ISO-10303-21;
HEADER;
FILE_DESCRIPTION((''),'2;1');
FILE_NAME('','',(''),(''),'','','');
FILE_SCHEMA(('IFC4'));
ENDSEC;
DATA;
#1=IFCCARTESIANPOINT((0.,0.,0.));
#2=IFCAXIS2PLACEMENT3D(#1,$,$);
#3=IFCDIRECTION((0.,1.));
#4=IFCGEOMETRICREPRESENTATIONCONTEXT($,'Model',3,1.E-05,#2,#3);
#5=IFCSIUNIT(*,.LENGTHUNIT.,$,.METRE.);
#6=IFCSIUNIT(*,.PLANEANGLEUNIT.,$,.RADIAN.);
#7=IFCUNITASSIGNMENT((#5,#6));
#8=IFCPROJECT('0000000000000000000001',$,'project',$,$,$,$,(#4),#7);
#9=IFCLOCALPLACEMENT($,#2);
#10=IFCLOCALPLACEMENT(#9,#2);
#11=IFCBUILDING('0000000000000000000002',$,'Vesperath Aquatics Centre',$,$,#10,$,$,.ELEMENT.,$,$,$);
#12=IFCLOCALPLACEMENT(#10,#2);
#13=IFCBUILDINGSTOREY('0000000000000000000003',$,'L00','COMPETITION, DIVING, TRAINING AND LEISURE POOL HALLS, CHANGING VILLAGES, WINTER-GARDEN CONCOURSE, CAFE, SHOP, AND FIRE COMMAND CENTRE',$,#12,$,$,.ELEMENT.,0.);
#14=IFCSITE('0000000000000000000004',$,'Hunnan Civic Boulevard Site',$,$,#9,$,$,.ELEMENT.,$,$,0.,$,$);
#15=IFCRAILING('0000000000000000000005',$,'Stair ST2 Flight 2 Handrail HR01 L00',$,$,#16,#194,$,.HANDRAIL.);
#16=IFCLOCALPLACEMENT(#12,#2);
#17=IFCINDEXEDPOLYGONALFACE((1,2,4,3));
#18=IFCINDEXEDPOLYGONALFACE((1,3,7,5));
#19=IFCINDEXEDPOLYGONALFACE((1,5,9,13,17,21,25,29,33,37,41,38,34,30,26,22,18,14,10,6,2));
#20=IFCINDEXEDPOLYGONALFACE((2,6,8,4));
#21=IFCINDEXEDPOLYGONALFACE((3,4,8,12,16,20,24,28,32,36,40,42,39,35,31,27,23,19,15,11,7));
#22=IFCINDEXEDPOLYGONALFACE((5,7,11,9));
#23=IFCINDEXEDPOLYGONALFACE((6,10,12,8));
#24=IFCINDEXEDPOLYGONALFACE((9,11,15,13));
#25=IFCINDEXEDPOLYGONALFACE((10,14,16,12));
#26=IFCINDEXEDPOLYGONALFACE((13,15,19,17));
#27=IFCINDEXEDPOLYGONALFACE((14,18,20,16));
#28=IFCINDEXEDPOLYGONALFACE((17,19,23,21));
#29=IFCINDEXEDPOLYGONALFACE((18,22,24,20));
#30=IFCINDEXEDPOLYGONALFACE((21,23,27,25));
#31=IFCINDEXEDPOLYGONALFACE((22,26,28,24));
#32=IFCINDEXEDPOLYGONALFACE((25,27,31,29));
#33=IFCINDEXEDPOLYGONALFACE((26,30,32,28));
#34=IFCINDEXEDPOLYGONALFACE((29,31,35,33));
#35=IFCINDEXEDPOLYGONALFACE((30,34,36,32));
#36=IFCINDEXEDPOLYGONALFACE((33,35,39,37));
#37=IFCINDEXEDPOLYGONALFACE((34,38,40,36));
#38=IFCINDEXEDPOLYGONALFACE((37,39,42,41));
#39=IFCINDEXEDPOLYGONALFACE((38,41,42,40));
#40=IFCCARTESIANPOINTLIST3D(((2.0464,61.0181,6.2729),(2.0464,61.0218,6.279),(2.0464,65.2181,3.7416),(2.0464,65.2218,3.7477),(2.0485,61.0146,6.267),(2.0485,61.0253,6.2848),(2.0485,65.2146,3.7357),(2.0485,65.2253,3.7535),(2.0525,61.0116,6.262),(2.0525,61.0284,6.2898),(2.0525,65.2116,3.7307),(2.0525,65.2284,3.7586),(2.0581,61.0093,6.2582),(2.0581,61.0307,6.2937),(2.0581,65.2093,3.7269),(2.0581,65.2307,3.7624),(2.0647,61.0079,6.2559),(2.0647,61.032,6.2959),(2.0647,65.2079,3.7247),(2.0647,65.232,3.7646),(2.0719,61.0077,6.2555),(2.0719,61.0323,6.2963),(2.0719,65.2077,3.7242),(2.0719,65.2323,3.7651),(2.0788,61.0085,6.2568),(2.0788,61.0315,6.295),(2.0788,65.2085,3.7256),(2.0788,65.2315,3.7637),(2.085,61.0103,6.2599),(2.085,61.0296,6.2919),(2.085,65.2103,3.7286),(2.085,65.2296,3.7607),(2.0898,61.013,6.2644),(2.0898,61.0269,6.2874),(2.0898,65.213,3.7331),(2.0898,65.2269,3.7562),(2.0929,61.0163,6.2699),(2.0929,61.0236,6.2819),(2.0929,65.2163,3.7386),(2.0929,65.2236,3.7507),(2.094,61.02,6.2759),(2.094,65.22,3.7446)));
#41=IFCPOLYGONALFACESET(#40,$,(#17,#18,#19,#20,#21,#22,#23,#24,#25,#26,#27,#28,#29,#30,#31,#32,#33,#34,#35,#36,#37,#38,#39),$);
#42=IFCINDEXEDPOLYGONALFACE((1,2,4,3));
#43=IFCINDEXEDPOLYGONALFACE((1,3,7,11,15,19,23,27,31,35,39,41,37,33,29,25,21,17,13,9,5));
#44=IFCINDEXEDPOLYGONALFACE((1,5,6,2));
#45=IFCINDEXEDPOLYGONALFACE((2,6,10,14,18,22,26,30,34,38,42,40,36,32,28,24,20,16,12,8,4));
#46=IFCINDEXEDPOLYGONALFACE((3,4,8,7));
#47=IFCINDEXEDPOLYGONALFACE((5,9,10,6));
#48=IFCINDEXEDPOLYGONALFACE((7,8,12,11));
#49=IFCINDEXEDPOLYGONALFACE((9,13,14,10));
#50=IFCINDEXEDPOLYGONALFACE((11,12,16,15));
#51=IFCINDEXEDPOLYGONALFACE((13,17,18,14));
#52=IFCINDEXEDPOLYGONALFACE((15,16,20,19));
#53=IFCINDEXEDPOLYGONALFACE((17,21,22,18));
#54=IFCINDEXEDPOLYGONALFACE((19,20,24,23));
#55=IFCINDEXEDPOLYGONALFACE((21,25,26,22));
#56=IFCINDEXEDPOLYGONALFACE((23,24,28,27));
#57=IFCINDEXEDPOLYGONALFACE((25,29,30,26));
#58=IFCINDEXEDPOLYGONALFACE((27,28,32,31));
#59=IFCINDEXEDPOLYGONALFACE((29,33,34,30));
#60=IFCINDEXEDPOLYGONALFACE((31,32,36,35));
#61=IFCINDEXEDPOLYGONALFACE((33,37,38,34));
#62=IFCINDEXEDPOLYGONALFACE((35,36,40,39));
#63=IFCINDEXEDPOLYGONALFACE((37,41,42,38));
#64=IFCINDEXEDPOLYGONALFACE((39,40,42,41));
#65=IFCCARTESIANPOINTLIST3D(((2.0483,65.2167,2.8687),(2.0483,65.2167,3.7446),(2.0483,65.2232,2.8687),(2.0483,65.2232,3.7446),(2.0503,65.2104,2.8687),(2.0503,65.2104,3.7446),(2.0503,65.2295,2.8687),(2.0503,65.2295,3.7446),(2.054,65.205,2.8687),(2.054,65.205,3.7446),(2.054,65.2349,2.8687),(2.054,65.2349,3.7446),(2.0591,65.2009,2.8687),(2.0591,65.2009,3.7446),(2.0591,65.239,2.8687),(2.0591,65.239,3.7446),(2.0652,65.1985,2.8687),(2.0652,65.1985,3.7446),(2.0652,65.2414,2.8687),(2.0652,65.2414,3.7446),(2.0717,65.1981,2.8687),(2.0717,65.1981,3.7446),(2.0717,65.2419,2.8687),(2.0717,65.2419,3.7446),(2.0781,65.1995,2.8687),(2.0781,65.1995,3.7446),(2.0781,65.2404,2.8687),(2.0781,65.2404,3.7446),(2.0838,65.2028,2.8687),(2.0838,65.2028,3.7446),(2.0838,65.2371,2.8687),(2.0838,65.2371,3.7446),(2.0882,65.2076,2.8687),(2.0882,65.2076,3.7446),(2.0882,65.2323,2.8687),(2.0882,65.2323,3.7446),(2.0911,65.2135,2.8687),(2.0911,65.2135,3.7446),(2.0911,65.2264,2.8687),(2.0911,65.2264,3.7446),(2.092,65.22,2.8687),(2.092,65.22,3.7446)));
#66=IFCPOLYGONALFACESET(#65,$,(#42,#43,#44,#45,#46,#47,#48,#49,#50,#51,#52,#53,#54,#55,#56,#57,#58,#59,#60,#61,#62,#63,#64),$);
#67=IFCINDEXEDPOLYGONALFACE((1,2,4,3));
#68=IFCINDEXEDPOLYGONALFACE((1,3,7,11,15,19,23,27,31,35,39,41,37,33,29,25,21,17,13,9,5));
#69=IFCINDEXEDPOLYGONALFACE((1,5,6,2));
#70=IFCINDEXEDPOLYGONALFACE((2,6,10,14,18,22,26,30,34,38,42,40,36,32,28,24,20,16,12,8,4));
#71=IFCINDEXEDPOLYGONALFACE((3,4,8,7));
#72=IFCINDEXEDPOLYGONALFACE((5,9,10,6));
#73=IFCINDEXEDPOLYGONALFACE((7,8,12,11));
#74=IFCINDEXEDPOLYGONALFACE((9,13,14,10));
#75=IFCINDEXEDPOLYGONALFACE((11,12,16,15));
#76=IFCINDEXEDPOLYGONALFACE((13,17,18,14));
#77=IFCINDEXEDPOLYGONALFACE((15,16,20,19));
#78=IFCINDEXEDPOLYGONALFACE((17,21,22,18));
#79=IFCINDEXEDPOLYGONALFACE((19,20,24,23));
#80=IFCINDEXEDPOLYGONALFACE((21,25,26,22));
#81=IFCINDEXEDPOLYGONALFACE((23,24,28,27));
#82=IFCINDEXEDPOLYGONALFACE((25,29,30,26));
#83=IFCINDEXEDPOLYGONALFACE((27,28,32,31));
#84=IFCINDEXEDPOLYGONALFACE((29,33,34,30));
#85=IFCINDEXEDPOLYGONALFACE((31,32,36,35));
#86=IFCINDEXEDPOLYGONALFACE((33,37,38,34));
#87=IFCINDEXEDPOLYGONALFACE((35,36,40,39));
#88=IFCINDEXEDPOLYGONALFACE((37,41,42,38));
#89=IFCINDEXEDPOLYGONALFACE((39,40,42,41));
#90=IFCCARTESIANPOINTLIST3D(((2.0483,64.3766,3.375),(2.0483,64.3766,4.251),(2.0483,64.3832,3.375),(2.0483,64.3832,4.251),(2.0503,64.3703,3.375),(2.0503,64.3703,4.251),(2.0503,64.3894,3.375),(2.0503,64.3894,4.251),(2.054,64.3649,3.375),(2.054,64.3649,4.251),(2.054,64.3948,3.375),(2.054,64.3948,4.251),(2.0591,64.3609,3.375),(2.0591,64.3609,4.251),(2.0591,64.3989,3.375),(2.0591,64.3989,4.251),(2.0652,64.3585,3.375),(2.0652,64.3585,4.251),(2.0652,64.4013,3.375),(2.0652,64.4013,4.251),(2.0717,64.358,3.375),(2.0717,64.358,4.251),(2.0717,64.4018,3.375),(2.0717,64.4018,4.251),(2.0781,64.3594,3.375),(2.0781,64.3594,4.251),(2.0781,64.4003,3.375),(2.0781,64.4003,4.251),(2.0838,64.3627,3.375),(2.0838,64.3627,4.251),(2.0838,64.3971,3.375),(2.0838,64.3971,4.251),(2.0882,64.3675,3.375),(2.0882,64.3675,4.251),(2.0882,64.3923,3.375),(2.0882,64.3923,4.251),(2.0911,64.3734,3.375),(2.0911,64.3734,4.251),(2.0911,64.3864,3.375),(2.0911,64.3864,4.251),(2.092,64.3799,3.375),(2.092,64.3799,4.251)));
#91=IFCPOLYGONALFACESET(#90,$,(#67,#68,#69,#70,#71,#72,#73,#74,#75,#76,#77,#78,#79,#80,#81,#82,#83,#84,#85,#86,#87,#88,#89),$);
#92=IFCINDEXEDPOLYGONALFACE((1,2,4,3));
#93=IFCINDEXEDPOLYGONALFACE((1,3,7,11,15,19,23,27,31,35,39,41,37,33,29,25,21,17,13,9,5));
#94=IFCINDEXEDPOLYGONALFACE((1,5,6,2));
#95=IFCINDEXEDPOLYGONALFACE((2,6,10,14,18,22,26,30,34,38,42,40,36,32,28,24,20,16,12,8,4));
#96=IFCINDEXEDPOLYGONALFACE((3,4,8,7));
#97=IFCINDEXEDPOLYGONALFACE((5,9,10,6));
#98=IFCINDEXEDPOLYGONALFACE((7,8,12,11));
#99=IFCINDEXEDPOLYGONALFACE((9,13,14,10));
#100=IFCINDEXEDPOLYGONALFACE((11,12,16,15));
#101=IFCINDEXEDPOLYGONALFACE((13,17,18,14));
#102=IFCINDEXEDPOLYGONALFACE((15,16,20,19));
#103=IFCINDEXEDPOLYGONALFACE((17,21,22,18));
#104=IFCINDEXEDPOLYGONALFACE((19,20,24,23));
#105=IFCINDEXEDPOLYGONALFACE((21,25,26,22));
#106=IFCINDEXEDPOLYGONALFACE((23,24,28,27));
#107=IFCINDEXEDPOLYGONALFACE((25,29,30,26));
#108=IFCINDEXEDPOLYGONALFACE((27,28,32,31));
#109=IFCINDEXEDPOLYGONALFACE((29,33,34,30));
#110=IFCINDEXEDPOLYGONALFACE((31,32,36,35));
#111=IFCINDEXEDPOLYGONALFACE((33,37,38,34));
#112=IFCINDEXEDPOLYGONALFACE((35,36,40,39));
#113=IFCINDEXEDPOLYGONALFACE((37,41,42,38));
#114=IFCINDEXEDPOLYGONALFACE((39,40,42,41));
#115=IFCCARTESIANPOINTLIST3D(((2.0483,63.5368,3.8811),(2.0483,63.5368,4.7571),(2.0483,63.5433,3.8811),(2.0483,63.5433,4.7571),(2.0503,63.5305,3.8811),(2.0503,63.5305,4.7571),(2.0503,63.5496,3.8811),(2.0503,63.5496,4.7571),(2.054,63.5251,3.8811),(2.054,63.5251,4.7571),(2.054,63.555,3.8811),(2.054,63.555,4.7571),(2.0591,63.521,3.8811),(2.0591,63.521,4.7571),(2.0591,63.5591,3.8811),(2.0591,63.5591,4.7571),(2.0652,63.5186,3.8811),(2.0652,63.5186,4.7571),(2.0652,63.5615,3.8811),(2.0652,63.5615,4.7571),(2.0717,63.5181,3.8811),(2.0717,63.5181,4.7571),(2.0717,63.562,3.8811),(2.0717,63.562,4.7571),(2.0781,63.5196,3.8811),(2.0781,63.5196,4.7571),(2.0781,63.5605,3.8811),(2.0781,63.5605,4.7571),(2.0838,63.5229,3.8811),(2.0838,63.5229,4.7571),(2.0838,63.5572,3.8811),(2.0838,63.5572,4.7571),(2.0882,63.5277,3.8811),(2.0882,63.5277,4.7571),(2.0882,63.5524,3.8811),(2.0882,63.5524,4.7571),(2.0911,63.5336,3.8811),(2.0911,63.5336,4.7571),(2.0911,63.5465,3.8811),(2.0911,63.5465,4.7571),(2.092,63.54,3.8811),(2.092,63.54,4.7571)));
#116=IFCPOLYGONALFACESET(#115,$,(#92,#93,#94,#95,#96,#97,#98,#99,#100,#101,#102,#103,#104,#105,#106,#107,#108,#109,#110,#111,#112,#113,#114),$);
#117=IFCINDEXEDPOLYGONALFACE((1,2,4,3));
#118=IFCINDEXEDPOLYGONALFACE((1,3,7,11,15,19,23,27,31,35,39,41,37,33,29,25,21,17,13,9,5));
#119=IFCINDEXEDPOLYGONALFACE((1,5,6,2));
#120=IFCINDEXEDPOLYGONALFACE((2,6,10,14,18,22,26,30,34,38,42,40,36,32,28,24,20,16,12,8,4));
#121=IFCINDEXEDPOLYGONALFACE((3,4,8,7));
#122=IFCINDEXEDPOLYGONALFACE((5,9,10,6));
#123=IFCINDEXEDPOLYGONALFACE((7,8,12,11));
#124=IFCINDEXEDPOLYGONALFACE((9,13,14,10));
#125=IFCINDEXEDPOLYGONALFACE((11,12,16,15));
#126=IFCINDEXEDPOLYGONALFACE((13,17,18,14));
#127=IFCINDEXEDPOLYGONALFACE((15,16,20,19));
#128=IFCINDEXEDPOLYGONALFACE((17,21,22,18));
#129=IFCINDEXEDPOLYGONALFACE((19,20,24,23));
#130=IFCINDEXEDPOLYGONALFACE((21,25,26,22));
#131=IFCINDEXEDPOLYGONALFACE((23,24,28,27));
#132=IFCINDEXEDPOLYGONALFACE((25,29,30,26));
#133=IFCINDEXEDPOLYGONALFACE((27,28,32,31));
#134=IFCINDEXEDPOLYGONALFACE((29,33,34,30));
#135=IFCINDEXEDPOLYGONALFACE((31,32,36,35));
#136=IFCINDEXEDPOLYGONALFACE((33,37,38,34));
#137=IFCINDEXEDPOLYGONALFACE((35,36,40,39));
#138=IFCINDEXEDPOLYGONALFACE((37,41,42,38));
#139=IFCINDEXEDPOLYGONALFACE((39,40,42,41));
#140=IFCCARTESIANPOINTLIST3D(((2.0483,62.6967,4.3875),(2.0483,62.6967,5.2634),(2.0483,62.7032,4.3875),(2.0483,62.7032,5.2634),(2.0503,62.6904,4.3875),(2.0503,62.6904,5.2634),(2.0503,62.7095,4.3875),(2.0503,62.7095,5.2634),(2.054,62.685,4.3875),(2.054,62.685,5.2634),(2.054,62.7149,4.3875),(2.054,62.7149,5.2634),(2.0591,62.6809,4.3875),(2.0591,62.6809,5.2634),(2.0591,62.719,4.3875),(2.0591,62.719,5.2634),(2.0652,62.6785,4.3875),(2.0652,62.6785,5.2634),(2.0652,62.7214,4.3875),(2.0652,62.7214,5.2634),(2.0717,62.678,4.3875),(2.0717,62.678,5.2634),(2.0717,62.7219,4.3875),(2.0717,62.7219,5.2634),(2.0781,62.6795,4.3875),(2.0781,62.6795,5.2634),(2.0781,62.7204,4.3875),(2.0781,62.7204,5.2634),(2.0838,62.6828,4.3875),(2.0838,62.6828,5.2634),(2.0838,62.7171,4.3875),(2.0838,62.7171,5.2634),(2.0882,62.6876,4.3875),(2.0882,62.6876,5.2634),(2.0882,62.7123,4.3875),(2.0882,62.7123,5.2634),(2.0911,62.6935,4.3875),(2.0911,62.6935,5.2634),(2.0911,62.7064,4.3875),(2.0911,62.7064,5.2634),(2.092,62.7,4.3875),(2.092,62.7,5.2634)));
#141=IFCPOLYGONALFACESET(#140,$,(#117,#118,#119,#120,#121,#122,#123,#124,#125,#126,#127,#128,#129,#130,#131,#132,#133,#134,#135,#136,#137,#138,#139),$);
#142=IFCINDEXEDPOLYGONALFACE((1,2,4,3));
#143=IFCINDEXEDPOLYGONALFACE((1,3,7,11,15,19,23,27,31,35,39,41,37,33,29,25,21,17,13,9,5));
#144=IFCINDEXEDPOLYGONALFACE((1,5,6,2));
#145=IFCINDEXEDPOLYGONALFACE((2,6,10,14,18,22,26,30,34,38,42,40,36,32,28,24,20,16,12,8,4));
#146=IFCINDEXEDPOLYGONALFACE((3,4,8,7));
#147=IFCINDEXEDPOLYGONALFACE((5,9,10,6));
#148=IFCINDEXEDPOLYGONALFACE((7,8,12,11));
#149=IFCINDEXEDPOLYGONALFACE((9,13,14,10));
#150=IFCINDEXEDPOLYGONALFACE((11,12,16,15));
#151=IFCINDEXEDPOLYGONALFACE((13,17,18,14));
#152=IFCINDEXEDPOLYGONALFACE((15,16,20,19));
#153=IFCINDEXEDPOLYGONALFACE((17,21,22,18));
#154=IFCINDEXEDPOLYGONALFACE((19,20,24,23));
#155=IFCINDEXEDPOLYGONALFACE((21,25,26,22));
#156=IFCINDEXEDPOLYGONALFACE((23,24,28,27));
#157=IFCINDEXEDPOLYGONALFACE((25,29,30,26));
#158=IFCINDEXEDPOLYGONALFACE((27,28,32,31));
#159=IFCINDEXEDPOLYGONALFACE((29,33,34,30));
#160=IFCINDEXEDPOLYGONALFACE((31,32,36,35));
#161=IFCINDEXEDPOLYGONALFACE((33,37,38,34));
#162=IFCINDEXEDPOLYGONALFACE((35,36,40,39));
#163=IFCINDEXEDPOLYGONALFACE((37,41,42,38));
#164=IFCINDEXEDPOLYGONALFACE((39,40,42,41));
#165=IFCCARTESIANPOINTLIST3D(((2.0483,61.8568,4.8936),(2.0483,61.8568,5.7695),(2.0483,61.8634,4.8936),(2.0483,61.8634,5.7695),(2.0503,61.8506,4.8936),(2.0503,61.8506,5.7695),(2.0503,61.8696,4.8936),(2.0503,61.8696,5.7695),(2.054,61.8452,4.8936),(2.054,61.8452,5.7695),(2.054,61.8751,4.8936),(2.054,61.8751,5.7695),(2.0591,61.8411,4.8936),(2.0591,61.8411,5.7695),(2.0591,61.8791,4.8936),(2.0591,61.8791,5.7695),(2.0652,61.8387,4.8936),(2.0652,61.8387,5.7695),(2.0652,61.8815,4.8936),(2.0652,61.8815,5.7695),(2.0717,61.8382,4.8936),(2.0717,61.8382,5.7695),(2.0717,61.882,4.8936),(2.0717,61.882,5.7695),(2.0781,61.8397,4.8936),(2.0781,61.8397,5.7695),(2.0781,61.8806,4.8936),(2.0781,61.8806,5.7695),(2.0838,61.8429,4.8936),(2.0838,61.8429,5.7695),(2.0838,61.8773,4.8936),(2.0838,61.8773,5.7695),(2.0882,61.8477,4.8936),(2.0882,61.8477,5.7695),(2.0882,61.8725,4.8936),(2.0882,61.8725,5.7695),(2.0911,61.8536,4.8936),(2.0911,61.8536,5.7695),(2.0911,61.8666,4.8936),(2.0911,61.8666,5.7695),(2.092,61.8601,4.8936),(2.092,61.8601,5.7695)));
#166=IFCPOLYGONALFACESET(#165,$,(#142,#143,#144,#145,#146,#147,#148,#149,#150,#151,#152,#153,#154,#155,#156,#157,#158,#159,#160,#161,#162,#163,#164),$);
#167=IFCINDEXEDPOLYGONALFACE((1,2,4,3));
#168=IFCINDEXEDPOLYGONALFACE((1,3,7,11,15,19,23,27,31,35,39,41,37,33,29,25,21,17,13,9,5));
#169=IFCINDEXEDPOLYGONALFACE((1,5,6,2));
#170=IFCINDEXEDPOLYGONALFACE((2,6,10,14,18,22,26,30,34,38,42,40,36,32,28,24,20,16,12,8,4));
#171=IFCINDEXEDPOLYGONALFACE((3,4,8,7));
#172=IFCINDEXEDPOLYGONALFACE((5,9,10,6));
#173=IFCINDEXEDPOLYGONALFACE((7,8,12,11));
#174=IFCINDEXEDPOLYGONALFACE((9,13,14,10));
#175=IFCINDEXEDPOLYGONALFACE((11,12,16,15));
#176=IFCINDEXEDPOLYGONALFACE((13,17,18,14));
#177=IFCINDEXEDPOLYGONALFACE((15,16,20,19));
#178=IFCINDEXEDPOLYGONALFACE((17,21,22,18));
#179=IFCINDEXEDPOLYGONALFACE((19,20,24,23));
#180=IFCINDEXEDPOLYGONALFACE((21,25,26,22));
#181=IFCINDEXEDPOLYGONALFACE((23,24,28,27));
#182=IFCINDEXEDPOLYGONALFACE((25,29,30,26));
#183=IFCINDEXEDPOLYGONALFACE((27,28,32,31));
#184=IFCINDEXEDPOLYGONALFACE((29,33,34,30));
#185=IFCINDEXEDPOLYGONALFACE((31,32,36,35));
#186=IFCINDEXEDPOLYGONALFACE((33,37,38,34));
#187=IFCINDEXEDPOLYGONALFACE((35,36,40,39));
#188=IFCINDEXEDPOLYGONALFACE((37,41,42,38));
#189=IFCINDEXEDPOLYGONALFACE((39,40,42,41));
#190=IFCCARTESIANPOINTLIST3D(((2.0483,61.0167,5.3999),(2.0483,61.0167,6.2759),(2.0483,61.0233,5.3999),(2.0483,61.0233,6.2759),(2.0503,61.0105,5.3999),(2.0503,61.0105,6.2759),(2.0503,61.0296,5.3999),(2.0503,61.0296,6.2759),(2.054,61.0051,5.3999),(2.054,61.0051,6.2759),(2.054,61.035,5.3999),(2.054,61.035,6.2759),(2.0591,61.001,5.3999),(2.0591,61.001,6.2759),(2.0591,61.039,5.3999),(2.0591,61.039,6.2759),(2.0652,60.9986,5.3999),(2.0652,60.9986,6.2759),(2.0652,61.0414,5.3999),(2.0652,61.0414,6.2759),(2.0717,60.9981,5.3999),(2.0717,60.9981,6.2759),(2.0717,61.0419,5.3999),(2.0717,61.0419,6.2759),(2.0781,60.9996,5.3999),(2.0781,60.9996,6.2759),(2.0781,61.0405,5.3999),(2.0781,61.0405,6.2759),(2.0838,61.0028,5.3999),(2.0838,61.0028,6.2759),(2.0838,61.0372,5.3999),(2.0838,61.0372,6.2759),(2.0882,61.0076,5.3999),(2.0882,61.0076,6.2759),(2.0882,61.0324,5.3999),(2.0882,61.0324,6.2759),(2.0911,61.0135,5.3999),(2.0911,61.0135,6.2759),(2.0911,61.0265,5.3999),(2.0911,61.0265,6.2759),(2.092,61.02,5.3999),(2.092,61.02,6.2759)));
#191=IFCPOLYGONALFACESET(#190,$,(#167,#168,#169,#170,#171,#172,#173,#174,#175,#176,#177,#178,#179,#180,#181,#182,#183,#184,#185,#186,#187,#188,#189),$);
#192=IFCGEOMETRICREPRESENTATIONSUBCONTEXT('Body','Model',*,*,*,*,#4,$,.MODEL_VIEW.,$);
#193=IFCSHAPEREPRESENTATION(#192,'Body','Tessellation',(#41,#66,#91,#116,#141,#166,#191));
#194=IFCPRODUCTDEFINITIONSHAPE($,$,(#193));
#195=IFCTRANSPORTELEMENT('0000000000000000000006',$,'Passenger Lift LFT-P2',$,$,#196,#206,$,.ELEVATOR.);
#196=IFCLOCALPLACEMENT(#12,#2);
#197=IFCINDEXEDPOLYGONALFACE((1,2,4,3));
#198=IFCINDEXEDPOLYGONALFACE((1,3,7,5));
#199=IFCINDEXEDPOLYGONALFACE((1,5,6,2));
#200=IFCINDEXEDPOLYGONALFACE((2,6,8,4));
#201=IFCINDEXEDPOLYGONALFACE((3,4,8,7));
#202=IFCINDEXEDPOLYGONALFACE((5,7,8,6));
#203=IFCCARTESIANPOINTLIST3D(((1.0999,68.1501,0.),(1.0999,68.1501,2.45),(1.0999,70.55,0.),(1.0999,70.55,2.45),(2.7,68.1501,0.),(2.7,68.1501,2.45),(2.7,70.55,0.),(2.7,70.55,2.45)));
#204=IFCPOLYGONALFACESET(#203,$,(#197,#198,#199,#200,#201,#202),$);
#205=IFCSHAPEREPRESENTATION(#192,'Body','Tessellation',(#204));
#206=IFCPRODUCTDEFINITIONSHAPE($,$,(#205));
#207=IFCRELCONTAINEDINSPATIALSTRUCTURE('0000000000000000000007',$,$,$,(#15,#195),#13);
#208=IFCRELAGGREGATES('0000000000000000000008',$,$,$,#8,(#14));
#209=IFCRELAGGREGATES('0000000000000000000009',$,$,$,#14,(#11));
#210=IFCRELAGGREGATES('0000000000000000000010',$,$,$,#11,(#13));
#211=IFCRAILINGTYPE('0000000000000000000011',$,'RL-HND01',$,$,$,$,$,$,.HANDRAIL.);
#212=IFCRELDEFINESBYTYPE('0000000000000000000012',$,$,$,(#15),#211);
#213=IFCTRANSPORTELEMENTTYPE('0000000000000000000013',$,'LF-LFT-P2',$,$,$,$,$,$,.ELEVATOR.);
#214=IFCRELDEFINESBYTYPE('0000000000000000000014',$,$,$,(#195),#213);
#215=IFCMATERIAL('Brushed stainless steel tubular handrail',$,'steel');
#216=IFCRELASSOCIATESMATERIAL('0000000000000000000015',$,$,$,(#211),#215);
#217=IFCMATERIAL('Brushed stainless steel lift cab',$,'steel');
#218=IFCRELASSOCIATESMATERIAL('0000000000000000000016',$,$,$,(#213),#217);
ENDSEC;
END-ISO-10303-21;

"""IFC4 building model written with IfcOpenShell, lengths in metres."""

from ifc_helpers import new_model, si_unit, direction, frame, origin, origin_2d, place, context, subcontext, project, spatial, rectangle, circle, extrude, material, type_object, element, save


model = new_model("IFC4")

# Units and contexts
model_context = context("Model", 3, precision=1e-05, world=origin(), true_north=direction((0.0, 1.0)))
body_context = subcontext(model_context, "Body", "Model", "MODEL_VIEW")
ifc_project = project(units=[si_unit("LENGTHUNIT", "METRE"), si_unit("PLANEANGLEUNIT", "RADIAN")], contexts=[model_context])

# Site, building, storey
site_placement = place(None, origin())
site = spatial("IfcSite", under=ifc_project, at=site_placement, Name="Hunnan Civic Boulevard Site", CompositionType="ELEMENT", RefElevation=0.0)
building_placement = place(site_placement, origin())
building = spatial("IfcBuilding", under=site, at=building_placement, Name="Vesperath Aquatics Centre", CompositionType="ELEMENT")
storey_placement = place(building_placement, origin())
storey = spatial("IfcBuildingStorey", under=building, at=storey_placement, Name="L00", Description="COMPETITION, DIVING, TRAINING AND LEISURE POOL HALLS, CHANGING VILLAGES, WINTER-GARDEN CONCOURSE, CAFE, SHOP, AND FIRE COMMAND CENTRE", CompositionType="ELEMENT", Elevation=0.0)

# Railing
ifc_material_1 = material(Name="Brushed stainless steel tubular handrail", Category="steel")
railing_type_1 = type_object("IfcRailingType", Name="RL-HND01", PredefinedType="HANDRAIL", material=ifc_material_1)
railing_1_placement = place(storey_placement, frame((2.0701, 65.22, 2.8687)))
element("IfcRailing", 1, at=railing_1_placement, inside=storey, type_object=railing_type_1, Name="Stair ST2 Flight 2 Handrail HR01 L00", PredefinedType="HANDRAIL", context=body_context, shape_type="SweptSolid", body=[
    extrude(circle(Radius=0.0239, at=origin_2d()), frame((0.0, 0.0, 0.876), z_axis=(0.0, -0.856476, 0.516186), x_axis=(1.0, 0.0, 0.0)), (0.0, 0.0, 1.0), 4.9038),
    extrude(circle(Radius=0.022, at=origin_2d()), origin(), (0.0, 0.0, 1.0), 0.876),
    extrude(circle(Radius=0.022, at=origin_2d()), frame((0.0, -0.8401, 0.5063)), (0.0, 0.0, 1.0), 0.876),
    extrude(circle(Radius=0.022, at=origin_2d()), frame((0.0, -1.6799, 1.0125)), (0.0, 0.0, 1.0), 0.876),
    extrude(circle(Radius=0.022, at=origin_2d()), frame((0.0, -2.52, 1.5188)), (0.0, 0.0, 1.0), 0.876),
    extrude(circle(Radius=0.022, at=origin_2d()), frame((0.0, -3.3599, 2.0249)), (0.0, 0.0, 1.0), 0.876),
    extrude(circle(Radius=0.022, at=origin_2d()), frame((0.0, -4.2, 2.5312)), (0.0, 0.0, 1.0), 0.876),
])

# Transport element
ifc_material_2 = material(Name="Brushed stainless steel lift cab", Category="steel")
transport_element_type = type_object("IfcTransportElementType", Name="LF-LFT-P2", PredefinedType="ELEVATOR", material=ifc_material_2)
transport_element_placement = place(storey_placement, frame((1.8999, 69.3501, 0.0), z_axis=(0.0, 0.0, 1.0), x_axis=(1.0, 0.0, 0.0)))
element("IfcTransportElement", 2, at=transport_element_placement, inside=storey, type_object=transport_element_type, Name="Passenger Lift LFT-P2", PredefinedType="ELEVATOR", context=body_context, shape_type="SweptSolid", body=[
    extrude(rectangle(XDim=1.6001, YDim=2.3999, at=origin_2d()), origin(), (0.0, 0.0, 1.0), 2.45),
])

save(model, "model.ifc")
